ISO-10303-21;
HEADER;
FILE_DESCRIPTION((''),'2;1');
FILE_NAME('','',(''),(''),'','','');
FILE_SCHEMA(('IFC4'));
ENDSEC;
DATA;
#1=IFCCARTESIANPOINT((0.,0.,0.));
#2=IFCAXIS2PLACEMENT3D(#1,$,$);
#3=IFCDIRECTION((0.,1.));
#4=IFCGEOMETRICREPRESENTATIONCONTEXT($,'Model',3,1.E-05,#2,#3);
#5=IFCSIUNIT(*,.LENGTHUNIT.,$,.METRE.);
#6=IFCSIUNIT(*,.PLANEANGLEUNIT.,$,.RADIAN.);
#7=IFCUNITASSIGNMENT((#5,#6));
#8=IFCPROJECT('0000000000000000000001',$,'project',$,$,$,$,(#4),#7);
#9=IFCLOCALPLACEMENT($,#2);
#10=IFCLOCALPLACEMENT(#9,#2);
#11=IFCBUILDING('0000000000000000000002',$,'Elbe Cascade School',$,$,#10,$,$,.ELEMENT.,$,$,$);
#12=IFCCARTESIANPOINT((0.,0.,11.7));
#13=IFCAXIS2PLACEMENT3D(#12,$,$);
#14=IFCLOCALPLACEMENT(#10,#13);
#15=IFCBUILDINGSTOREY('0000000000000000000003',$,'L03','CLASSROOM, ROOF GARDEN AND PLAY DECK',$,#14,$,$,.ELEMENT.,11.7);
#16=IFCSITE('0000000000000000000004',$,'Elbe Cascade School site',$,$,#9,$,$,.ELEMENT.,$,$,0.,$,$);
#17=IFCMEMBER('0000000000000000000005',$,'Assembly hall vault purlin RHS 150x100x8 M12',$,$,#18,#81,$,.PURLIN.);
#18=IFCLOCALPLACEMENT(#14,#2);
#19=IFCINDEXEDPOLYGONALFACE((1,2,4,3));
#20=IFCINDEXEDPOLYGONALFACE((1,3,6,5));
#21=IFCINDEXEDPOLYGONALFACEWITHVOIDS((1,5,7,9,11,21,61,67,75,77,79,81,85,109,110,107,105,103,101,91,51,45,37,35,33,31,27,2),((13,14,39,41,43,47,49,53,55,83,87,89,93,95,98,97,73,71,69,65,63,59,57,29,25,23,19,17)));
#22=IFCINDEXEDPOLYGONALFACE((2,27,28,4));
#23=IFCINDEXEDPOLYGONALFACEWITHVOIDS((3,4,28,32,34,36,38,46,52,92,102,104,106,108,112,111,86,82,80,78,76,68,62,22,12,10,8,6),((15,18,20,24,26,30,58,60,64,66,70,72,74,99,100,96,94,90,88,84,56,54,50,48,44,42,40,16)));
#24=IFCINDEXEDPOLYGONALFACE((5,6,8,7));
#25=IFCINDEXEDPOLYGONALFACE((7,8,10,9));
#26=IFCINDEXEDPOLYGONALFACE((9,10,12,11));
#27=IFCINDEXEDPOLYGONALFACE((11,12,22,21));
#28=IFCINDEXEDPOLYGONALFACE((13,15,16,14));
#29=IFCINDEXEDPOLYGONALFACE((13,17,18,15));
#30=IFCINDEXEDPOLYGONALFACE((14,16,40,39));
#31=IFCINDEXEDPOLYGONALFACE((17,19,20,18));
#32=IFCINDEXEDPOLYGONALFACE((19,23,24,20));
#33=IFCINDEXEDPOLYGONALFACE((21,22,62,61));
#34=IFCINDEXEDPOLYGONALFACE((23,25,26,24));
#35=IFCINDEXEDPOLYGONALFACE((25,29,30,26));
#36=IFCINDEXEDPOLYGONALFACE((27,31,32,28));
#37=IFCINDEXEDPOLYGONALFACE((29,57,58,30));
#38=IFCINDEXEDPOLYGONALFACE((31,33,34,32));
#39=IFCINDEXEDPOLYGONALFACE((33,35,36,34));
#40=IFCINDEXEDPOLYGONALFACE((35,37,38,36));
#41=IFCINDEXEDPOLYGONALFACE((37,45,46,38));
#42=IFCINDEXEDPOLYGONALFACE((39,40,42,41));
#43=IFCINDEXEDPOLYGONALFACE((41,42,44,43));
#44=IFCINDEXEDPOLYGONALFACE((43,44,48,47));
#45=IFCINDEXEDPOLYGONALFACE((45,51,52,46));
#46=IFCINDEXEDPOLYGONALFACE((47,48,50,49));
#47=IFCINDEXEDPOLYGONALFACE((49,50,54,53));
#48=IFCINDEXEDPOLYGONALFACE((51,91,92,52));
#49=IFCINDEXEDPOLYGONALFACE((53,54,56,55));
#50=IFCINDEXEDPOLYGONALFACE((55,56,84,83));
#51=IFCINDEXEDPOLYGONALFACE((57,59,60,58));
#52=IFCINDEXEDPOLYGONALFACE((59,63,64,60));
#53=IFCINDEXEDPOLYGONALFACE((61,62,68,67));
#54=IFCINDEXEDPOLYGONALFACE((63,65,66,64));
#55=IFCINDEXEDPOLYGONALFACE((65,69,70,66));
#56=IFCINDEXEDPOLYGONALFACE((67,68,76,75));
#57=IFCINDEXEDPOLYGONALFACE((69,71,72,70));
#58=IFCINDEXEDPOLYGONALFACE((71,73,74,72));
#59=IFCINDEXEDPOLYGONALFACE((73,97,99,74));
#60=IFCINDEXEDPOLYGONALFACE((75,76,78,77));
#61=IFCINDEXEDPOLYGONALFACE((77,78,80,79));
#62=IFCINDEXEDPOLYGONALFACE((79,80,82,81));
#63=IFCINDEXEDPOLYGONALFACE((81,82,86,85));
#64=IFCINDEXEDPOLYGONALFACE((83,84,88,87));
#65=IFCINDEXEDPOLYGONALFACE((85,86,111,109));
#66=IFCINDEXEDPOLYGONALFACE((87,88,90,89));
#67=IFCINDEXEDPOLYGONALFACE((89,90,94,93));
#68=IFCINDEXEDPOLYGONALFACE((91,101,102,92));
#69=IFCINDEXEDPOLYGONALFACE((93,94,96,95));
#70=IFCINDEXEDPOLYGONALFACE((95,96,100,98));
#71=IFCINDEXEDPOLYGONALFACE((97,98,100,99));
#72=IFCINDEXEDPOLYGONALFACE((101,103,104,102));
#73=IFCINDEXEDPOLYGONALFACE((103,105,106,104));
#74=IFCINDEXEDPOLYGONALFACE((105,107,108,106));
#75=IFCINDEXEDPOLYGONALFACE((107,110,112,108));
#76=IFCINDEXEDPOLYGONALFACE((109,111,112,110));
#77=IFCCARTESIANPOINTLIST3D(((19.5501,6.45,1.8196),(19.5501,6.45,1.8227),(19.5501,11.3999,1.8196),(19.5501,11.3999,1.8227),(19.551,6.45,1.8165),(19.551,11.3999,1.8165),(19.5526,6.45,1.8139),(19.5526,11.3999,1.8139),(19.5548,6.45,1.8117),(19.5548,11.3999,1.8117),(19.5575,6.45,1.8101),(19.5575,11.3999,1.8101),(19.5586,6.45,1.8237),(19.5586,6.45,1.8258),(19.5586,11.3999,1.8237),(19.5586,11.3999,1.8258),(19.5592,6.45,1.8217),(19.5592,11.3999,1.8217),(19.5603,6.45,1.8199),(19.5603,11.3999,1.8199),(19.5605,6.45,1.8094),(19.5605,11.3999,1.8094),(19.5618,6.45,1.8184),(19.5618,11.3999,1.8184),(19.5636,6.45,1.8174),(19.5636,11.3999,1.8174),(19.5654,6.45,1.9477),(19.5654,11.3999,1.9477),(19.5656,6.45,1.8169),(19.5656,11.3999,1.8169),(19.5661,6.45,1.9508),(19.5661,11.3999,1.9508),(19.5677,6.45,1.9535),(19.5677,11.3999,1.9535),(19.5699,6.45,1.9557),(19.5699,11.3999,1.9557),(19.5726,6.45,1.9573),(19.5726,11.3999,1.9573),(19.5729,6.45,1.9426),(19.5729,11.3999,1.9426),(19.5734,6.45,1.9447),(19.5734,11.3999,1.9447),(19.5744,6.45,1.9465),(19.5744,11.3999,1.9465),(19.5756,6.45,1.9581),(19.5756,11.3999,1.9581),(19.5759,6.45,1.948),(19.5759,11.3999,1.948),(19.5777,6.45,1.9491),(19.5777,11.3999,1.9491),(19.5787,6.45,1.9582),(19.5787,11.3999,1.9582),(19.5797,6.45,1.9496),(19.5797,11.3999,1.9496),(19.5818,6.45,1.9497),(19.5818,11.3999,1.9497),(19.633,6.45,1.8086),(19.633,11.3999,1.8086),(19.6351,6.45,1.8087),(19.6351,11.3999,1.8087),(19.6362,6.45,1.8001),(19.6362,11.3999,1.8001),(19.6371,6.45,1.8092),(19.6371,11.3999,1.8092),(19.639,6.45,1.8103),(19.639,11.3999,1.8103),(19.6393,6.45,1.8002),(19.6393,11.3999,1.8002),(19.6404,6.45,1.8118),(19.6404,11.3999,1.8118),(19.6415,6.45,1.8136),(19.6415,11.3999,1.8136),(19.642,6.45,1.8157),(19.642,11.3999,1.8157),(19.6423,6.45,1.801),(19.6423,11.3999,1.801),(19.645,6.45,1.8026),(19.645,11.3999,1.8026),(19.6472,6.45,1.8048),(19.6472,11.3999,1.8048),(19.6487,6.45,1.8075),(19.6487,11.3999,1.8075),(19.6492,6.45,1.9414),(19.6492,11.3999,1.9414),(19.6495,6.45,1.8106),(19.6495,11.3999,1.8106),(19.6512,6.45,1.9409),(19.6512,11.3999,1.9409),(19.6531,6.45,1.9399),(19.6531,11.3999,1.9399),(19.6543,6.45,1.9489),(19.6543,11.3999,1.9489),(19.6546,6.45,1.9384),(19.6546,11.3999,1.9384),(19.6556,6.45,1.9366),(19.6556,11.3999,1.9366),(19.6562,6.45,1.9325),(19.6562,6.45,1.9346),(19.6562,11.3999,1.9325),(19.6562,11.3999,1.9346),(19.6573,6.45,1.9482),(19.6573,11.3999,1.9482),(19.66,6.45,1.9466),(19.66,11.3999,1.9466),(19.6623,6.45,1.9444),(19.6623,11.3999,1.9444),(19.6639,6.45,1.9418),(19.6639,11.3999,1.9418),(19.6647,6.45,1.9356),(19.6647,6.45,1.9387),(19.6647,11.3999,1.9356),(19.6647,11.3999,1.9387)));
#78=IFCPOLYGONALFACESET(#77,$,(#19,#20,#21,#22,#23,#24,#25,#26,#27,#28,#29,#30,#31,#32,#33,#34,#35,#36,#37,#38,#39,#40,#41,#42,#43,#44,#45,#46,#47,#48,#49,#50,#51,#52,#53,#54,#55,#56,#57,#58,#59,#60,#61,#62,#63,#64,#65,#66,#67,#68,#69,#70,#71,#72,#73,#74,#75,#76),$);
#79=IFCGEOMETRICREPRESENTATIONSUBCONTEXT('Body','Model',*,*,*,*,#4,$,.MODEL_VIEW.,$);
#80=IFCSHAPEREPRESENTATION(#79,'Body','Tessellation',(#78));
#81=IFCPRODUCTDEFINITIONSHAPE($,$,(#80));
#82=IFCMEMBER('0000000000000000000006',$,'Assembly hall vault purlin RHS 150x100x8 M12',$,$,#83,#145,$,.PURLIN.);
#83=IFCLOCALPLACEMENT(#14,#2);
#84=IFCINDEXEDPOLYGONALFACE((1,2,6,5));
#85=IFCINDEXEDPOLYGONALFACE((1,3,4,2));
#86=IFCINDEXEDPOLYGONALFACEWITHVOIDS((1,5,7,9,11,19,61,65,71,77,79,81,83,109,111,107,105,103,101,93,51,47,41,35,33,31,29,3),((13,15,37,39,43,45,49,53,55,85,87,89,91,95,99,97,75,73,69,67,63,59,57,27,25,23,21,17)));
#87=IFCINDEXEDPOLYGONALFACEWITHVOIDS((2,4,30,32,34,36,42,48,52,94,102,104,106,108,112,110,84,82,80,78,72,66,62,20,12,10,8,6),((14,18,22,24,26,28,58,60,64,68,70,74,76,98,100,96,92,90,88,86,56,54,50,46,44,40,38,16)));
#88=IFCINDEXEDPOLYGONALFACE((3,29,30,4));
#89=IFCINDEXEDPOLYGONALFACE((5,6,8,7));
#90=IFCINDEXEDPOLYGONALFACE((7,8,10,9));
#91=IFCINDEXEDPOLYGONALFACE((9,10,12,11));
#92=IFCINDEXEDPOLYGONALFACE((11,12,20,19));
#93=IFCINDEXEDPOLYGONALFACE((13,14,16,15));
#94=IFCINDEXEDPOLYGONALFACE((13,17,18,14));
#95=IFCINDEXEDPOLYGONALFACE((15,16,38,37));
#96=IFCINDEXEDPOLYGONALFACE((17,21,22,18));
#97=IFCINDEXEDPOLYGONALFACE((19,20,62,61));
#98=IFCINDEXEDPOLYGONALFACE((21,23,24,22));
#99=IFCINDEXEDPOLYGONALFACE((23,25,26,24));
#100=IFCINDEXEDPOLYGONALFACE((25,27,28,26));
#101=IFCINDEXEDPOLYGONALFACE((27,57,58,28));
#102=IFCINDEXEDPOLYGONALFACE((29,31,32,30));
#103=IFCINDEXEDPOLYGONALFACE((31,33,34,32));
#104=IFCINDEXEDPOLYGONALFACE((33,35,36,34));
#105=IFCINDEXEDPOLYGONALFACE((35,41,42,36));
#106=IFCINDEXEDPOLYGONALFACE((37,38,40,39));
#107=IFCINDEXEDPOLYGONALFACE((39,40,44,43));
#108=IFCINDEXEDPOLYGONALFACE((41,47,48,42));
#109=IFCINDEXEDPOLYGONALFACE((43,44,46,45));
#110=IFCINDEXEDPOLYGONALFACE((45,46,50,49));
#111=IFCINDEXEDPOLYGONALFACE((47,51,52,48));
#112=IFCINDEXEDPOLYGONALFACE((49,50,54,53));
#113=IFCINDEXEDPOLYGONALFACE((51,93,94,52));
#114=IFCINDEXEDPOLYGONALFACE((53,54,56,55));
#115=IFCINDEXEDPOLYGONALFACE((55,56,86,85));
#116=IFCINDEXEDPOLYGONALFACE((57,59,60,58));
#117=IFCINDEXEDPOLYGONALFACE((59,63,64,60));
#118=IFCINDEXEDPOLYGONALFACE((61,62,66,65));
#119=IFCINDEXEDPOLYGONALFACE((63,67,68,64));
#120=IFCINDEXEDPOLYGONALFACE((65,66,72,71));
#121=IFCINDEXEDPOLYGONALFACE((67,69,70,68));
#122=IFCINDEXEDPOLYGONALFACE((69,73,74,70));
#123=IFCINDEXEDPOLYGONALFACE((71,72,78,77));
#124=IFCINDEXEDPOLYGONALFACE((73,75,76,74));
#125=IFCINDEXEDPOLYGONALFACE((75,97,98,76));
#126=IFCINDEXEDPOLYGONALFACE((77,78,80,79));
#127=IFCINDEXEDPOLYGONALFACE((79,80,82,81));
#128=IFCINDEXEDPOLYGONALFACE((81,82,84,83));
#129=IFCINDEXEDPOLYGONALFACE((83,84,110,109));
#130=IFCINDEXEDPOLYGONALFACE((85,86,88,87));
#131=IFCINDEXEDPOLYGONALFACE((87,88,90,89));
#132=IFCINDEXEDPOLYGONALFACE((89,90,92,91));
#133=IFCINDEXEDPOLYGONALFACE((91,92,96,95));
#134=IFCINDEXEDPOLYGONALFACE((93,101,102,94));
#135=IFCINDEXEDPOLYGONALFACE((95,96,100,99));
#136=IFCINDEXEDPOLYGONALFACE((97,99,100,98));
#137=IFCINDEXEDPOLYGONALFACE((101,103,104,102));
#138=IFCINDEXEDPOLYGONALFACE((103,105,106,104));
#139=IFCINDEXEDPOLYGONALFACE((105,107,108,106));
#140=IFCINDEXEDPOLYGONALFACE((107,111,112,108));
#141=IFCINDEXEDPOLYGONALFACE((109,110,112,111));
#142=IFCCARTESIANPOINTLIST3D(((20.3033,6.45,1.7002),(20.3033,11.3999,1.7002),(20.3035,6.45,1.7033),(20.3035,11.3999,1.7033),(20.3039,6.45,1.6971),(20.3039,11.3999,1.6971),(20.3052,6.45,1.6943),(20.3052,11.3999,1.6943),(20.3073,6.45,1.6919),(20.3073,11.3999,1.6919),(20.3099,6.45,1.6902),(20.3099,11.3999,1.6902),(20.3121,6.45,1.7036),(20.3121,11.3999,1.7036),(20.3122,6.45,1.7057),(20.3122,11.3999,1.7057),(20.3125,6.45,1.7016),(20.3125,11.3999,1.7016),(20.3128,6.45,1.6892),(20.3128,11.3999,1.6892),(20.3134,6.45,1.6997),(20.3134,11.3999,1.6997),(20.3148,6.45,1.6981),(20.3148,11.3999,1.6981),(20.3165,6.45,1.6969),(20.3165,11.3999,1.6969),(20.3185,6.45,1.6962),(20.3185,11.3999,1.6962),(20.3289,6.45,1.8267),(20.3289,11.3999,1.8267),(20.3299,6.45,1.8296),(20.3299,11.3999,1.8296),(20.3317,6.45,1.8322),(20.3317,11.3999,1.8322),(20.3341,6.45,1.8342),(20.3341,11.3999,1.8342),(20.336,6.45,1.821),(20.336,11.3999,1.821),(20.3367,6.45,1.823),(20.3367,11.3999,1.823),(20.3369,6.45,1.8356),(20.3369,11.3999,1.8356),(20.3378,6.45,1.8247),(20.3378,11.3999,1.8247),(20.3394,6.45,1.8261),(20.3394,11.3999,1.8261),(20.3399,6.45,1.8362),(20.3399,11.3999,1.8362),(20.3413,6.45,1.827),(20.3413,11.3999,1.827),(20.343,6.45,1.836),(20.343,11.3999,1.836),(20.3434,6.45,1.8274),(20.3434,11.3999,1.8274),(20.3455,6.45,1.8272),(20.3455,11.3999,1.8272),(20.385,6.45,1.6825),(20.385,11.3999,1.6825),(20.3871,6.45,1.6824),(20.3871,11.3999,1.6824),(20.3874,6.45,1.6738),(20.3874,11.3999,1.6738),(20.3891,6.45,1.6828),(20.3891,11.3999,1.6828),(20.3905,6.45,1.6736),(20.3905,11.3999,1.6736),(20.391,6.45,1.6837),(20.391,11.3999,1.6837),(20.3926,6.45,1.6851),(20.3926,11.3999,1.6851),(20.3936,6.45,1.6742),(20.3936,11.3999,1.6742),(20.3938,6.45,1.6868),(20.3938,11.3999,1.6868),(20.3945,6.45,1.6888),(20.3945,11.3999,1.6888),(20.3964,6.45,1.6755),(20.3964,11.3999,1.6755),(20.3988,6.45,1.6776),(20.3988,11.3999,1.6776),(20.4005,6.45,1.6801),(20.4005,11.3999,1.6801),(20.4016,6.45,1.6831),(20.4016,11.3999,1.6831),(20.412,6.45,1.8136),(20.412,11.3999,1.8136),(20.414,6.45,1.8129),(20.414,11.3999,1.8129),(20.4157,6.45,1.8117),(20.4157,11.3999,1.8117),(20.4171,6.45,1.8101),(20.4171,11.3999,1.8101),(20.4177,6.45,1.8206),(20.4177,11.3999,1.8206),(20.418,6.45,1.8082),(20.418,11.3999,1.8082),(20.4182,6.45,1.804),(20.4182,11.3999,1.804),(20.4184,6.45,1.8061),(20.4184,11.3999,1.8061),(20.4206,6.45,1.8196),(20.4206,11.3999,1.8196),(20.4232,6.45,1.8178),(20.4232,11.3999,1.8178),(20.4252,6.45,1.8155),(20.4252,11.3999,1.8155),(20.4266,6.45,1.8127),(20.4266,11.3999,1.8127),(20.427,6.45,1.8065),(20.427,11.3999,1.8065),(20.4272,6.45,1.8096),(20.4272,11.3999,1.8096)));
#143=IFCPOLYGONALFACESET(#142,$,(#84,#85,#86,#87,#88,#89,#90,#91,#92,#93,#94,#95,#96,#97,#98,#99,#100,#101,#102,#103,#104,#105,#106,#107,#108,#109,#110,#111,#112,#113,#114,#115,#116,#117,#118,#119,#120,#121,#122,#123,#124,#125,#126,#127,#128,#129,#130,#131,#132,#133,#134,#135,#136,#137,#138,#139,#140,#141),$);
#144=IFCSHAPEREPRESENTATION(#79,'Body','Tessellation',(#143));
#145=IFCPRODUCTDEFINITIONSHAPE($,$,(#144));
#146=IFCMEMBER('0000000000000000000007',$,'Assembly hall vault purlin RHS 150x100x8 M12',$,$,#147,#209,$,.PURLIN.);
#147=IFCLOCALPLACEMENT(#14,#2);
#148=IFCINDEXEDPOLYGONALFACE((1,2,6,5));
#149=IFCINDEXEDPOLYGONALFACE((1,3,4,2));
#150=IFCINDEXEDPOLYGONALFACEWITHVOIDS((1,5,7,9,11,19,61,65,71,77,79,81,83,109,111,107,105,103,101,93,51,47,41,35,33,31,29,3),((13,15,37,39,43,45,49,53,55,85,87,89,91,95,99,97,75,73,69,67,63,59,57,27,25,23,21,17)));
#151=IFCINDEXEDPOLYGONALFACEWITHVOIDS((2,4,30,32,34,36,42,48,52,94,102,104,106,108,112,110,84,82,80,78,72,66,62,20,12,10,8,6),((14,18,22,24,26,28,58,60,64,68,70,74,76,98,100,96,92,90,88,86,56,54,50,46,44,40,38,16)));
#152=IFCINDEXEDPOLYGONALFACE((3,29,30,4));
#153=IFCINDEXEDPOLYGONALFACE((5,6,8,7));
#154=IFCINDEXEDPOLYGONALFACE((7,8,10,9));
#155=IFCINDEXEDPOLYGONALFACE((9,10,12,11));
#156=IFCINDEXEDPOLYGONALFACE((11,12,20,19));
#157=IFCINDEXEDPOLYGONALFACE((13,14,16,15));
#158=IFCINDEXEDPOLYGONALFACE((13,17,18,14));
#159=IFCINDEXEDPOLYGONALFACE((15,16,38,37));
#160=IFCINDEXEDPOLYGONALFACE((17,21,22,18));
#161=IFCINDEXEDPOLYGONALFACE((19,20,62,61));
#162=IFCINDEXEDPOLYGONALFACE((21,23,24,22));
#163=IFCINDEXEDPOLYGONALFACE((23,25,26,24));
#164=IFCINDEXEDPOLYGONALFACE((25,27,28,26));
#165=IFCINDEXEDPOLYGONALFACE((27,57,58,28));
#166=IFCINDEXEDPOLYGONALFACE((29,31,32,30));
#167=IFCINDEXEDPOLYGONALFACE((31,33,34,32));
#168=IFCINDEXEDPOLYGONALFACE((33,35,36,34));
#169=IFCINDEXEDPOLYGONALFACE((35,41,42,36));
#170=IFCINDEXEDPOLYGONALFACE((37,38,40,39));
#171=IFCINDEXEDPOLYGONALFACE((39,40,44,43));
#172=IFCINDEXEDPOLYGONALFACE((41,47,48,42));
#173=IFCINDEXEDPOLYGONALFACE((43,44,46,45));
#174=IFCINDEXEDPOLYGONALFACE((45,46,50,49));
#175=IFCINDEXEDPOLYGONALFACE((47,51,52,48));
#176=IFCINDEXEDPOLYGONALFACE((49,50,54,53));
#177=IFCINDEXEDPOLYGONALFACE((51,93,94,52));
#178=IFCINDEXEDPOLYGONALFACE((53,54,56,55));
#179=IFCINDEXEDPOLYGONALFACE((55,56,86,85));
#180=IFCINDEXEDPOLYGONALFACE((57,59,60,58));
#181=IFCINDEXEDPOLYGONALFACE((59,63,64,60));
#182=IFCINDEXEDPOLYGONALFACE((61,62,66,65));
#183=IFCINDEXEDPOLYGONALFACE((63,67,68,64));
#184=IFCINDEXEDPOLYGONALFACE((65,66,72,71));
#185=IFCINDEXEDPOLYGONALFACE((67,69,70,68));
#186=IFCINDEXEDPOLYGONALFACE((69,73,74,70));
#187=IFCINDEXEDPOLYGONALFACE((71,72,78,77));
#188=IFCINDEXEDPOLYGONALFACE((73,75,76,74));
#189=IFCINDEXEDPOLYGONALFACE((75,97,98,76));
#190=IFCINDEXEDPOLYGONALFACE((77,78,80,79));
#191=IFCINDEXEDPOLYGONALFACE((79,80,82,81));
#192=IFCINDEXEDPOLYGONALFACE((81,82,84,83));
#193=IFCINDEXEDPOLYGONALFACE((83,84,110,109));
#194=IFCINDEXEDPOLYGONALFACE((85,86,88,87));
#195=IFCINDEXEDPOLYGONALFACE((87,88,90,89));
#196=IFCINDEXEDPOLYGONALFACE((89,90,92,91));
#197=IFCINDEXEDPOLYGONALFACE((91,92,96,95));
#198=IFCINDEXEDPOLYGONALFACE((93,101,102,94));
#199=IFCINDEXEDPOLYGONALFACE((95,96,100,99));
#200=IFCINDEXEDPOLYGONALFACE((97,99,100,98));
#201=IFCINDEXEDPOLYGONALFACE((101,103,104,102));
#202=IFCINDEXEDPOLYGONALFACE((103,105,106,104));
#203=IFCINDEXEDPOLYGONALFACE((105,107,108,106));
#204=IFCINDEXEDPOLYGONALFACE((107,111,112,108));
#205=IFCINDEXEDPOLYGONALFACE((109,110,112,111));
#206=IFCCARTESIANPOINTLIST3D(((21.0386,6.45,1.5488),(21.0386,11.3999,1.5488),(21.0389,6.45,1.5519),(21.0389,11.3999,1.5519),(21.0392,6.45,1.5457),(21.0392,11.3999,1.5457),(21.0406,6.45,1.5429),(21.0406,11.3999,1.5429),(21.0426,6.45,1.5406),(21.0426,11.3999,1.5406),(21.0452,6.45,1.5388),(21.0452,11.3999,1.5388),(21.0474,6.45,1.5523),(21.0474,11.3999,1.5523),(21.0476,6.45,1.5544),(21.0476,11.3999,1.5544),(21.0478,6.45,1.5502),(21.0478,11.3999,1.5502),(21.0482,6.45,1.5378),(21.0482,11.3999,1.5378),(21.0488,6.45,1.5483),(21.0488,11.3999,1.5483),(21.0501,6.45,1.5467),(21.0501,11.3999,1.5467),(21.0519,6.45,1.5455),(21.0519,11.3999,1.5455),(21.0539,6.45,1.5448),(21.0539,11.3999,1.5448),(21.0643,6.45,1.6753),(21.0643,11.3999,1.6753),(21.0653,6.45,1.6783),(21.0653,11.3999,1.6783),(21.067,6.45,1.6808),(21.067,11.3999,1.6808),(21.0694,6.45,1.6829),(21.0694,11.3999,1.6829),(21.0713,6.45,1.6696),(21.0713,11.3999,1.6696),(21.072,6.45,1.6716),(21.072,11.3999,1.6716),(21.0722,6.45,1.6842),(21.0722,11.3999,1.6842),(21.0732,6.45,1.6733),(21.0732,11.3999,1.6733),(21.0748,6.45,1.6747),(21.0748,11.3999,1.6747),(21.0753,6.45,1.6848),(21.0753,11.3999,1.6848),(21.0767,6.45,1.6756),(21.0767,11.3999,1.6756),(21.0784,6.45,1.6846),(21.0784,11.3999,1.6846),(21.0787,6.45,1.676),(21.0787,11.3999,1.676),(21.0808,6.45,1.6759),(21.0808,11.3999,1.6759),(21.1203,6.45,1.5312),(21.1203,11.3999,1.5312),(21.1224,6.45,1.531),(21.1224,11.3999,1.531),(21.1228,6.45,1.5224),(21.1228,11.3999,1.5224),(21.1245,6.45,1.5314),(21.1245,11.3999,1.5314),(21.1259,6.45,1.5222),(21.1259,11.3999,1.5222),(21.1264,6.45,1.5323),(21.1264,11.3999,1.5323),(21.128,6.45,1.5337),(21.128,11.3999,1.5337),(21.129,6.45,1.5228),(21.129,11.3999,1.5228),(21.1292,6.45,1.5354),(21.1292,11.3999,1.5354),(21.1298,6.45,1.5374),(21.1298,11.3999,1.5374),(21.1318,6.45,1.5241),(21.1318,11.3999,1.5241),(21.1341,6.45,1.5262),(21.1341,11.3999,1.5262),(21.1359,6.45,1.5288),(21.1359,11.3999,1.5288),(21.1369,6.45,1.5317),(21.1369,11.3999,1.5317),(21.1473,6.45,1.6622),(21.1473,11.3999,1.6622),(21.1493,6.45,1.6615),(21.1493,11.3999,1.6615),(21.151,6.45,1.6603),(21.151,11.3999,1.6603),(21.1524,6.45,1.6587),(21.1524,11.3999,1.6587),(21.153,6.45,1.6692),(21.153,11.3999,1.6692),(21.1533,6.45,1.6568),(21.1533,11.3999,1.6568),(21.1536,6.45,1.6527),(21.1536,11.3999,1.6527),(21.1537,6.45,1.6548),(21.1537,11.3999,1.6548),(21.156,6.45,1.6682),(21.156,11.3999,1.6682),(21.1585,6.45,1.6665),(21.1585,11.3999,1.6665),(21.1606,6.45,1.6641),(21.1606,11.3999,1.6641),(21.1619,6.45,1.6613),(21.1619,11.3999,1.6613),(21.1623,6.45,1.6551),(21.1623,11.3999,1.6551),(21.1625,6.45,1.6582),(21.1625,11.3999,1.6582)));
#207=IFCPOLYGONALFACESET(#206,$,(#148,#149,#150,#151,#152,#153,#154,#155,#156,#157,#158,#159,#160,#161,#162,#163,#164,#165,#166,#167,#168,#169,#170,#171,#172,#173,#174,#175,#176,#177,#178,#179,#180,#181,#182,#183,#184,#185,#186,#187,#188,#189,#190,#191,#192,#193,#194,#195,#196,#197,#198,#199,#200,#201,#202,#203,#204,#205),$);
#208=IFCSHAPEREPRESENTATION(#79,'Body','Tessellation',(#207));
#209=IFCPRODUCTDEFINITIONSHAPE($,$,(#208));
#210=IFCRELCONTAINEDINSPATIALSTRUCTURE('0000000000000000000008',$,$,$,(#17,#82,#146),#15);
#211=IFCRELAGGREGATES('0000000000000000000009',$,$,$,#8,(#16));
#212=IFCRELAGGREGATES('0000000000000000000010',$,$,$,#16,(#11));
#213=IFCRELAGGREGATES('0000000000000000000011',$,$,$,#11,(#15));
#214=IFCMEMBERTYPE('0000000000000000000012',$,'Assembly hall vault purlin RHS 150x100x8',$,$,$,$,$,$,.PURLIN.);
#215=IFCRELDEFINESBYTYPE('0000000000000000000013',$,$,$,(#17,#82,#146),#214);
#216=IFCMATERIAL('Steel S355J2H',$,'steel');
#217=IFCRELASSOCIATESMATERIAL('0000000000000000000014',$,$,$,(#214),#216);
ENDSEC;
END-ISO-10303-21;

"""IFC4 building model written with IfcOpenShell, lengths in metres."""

from ifc_helpers import new_model, si_unit, direction, frame, origin, origin_2d, place, context, subcontext, project, spatial, hollow_rectangle, extrude, material, material_profile, profile_set, type_object, element, save


model = new_model("IFC4")

# Units and contexts
model_context = context("Model", 3, precision=1e-05, world=origin(), true_north=direction((0.0, 1.0)))
body_context = subcontext(model_context, "Body", "Model", "MODEL_VIEW")
ifc_project = project(units=[si_unit("LENGTHUNIT", "METRE"), si_unit("PLANEANGLEUNIT", "RADIAN")], contexts=[model_context])

# Site, building, storey
site_placement = place(None, origin())
site = spatial("IfcSite", under=ifc_project, at=site_placement, Name="Elbe Cascade School site", CompositionType="ELEMENT", RefElevation=0.0)
building_placement = place(site_placement, origin())
building = spatial("IfcBuilding", under=site, at=building_placement, Name="Elbe Cascade School", CompositionType="ELEMENT")
storey_placement = place(building_placement, frame((0.0, 0.0, 11.7)))
storey = spatial("IfcBuildingStorey", under=building, at=storey_placement, Name="L03", Description="CLASSROOM, ROOF GARDEN AND PLAY DECK", CompositionType="ELEMENT", Elevation=11.7)

# Members
ifc_material_1 = material(Name="Steel S355J2H", Category="steel")
ifc_material_profile_1 = material_profile(ifc_material_1, hollow_rectangle(XDim=0.1001, YDim=0.1499, WallThickness=0.0081, InnerFilletRadius=0.0081, OuterFilletRadius=0.012, at=origin_2d()), Name="RHS 150x100x8")
ifc_profile_set_1 = profile_set([ifc_material_profile_1], Name="Steel S355J2H")
member_type_1 = type_object("IfcMemberType", Name="Assembly hall vault purlin RHS 150x100x8", PredefinedType="PURLIN", material=ifc_profile_set_1)
for number, where, z_axis, x_axis, name in (
    (1, (19.6074, 6.45, 1.8792), (0.0, 1.0, 0.0), (-0.992653, 0.0, 0.120994), "Assembly hall vault purlin RHS 150x100x8 M12"),
    (2, (20.3652, 6.45, 1.7549), (0.0, 1.0, 0.0), (-0.979448, 0.0, 0.201697), "Assembly hall vault purlin RHS 150x100x8 M12"),
    (3, (21.1006, 6.45, 1.6035), (0.0, 1.0, 0.0), (-0.979448, 0.0, 0.201697), "Assembly hall vault purlin RHS 150x100x8 M12"),
):
    element("IfcMember", number, at=place(storey_placement, frame(where, z_axis=z_axis, x_axis=x_axis)), inside=storey, type_object=member_type_1, Name=name, PredefinedType="PURLIN", context=body_context, shape_type="SweptSolid", body=[
        extrude(hollow_rectangle(XDim=0.1001, YDim=0.1499, WallThickness=0.0081, InnerFilletRadius=0.0081, OuterFilletRadius=0.012, at=origin_2d()), origin(), (0.0, 0.0, 1.0), 4.95),
    ])

save(model, "model.ifc")
